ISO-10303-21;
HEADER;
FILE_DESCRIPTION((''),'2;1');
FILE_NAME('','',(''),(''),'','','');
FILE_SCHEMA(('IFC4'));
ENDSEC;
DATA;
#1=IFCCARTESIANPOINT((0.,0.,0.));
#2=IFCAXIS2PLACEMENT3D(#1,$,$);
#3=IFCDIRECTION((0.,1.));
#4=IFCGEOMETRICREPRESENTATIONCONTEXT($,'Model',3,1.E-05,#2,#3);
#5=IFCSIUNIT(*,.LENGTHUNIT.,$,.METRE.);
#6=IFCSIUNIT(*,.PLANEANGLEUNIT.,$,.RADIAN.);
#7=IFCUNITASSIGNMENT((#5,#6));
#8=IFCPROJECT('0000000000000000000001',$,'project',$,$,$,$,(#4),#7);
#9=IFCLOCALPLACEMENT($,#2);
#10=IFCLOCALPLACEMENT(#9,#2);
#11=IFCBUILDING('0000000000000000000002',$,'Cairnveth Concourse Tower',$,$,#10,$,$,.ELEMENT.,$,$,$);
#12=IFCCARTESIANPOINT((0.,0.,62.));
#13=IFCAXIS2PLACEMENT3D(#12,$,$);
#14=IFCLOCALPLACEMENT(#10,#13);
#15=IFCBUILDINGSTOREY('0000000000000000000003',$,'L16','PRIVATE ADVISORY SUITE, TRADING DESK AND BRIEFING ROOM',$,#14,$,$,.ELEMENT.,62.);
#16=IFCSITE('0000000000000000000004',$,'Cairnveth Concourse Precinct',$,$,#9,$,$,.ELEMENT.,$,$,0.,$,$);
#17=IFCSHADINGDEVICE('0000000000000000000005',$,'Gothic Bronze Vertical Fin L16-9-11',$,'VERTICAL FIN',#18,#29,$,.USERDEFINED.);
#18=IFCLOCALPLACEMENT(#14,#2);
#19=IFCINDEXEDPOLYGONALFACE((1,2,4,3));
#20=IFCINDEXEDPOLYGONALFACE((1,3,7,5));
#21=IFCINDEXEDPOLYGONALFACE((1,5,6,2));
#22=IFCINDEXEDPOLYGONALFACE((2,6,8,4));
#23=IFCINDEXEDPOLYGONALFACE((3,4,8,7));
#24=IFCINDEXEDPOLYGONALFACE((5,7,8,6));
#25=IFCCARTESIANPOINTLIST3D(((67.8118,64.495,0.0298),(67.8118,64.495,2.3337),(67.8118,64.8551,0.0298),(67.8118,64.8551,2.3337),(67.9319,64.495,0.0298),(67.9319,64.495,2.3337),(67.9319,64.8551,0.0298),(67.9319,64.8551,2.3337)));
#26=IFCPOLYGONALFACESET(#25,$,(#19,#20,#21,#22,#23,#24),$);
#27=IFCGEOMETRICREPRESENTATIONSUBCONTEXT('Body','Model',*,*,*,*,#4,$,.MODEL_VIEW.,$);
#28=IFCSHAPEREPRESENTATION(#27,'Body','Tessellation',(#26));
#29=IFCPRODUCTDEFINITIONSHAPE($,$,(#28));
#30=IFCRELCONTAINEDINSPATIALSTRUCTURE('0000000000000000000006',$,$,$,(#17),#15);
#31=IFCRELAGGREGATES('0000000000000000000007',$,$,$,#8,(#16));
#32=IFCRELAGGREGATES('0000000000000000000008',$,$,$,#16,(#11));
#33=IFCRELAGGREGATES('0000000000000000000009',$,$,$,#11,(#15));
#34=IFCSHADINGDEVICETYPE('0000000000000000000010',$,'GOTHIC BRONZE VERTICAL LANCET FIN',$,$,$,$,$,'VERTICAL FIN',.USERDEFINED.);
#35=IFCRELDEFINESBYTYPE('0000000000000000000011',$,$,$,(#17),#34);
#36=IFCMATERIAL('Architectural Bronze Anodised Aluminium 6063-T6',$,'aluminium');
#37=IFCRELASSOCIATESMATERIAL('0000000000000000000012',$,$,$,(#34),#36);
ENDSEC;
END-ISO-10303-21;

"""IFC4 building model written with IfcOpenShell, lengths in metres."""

from ifc_helpers import new_model, si_unit, direction, frame, origin, origin_2d, place, context, subcontext, project, spatial, rectangle, extrude, material, type_object, element, save


model = new_model("IFC4")

# Units and contexts
model_context = context("Model", 3, precision=1e-05, world=origin(), true_north=direction((0.0, 1.0)))
body_context = subcontext(model_context, "Body", "Model", "MODEL_VIEW")
ifc_project = project(units=[si_unit("LENGTHUNIT", "METRE"), si_unit("PLANEANGLEUNIT", "RADIAN")], contexts=[model_context])

# Site, building, storey
site_placement = place(None, origin())
site = spatial("IfcSite", under=ifc_project, at=site_placement, Name="Cairnveth Concourse Precinct", CompositionType="ELEMENT", RefElevation=0.0)
building_placement = place(site_placement, origin())
building = spatial("IfcBuilding", under=site, at=building_placement, Name="Cairnveth Concourse Tower", CompositionType="ELEMENT")
storey_placement = place(building_placement, frame((0.0, 0.0, 62.0)))
storey = spatial("IfcBuildingStorey", under=building, at=storey_placement, Name="L16", Description="PRIVATE ADVISORY SUITE, TRADING DESK AND BRIEFING ROOM", CompositionType="ELEMENT", Elevation=62.0)

# Shading device
ifc_material_1 = material(Name="Architectural Bronze Anodised Aluminium 6063-T6", Category="aluminium")
shading_device_type = type_object("IfcShadingDeviceType", Name="GOTHIC BRONZE VERTICAL LANCET FIN", ElementType="VERTICAL FIN", PredefinedType="USERDEFINED", material=ifc_material_1)
for number, where, z_axis, x_axis, name in (
    (1, (67.8718, 64.675, 0.0298), (0.0, 0.0, 1.0), (1.0, 0.0, 0.0), "Gothic Bronze Vertical Fin L16-9-11"),
):
    element("IfcShadingDevice", number, at=place(storey_placement, frame(where, z_axis=z_axis, x_axis=x_axis)), inside=storey, type_object=shading_device_type, Name=name, ObjectType="VERTICAL FIN", PredefinedType="USERDEFINED", context=body_context, shape_type="SweptSolid", body=[
        extrude(rectangle(XDim=0.1201, YDim=0.3601, at=origin_2d()), origin(), (0.0, 0.0, 1.0), 2.304),
    ])

save(model, "model.ifc")
